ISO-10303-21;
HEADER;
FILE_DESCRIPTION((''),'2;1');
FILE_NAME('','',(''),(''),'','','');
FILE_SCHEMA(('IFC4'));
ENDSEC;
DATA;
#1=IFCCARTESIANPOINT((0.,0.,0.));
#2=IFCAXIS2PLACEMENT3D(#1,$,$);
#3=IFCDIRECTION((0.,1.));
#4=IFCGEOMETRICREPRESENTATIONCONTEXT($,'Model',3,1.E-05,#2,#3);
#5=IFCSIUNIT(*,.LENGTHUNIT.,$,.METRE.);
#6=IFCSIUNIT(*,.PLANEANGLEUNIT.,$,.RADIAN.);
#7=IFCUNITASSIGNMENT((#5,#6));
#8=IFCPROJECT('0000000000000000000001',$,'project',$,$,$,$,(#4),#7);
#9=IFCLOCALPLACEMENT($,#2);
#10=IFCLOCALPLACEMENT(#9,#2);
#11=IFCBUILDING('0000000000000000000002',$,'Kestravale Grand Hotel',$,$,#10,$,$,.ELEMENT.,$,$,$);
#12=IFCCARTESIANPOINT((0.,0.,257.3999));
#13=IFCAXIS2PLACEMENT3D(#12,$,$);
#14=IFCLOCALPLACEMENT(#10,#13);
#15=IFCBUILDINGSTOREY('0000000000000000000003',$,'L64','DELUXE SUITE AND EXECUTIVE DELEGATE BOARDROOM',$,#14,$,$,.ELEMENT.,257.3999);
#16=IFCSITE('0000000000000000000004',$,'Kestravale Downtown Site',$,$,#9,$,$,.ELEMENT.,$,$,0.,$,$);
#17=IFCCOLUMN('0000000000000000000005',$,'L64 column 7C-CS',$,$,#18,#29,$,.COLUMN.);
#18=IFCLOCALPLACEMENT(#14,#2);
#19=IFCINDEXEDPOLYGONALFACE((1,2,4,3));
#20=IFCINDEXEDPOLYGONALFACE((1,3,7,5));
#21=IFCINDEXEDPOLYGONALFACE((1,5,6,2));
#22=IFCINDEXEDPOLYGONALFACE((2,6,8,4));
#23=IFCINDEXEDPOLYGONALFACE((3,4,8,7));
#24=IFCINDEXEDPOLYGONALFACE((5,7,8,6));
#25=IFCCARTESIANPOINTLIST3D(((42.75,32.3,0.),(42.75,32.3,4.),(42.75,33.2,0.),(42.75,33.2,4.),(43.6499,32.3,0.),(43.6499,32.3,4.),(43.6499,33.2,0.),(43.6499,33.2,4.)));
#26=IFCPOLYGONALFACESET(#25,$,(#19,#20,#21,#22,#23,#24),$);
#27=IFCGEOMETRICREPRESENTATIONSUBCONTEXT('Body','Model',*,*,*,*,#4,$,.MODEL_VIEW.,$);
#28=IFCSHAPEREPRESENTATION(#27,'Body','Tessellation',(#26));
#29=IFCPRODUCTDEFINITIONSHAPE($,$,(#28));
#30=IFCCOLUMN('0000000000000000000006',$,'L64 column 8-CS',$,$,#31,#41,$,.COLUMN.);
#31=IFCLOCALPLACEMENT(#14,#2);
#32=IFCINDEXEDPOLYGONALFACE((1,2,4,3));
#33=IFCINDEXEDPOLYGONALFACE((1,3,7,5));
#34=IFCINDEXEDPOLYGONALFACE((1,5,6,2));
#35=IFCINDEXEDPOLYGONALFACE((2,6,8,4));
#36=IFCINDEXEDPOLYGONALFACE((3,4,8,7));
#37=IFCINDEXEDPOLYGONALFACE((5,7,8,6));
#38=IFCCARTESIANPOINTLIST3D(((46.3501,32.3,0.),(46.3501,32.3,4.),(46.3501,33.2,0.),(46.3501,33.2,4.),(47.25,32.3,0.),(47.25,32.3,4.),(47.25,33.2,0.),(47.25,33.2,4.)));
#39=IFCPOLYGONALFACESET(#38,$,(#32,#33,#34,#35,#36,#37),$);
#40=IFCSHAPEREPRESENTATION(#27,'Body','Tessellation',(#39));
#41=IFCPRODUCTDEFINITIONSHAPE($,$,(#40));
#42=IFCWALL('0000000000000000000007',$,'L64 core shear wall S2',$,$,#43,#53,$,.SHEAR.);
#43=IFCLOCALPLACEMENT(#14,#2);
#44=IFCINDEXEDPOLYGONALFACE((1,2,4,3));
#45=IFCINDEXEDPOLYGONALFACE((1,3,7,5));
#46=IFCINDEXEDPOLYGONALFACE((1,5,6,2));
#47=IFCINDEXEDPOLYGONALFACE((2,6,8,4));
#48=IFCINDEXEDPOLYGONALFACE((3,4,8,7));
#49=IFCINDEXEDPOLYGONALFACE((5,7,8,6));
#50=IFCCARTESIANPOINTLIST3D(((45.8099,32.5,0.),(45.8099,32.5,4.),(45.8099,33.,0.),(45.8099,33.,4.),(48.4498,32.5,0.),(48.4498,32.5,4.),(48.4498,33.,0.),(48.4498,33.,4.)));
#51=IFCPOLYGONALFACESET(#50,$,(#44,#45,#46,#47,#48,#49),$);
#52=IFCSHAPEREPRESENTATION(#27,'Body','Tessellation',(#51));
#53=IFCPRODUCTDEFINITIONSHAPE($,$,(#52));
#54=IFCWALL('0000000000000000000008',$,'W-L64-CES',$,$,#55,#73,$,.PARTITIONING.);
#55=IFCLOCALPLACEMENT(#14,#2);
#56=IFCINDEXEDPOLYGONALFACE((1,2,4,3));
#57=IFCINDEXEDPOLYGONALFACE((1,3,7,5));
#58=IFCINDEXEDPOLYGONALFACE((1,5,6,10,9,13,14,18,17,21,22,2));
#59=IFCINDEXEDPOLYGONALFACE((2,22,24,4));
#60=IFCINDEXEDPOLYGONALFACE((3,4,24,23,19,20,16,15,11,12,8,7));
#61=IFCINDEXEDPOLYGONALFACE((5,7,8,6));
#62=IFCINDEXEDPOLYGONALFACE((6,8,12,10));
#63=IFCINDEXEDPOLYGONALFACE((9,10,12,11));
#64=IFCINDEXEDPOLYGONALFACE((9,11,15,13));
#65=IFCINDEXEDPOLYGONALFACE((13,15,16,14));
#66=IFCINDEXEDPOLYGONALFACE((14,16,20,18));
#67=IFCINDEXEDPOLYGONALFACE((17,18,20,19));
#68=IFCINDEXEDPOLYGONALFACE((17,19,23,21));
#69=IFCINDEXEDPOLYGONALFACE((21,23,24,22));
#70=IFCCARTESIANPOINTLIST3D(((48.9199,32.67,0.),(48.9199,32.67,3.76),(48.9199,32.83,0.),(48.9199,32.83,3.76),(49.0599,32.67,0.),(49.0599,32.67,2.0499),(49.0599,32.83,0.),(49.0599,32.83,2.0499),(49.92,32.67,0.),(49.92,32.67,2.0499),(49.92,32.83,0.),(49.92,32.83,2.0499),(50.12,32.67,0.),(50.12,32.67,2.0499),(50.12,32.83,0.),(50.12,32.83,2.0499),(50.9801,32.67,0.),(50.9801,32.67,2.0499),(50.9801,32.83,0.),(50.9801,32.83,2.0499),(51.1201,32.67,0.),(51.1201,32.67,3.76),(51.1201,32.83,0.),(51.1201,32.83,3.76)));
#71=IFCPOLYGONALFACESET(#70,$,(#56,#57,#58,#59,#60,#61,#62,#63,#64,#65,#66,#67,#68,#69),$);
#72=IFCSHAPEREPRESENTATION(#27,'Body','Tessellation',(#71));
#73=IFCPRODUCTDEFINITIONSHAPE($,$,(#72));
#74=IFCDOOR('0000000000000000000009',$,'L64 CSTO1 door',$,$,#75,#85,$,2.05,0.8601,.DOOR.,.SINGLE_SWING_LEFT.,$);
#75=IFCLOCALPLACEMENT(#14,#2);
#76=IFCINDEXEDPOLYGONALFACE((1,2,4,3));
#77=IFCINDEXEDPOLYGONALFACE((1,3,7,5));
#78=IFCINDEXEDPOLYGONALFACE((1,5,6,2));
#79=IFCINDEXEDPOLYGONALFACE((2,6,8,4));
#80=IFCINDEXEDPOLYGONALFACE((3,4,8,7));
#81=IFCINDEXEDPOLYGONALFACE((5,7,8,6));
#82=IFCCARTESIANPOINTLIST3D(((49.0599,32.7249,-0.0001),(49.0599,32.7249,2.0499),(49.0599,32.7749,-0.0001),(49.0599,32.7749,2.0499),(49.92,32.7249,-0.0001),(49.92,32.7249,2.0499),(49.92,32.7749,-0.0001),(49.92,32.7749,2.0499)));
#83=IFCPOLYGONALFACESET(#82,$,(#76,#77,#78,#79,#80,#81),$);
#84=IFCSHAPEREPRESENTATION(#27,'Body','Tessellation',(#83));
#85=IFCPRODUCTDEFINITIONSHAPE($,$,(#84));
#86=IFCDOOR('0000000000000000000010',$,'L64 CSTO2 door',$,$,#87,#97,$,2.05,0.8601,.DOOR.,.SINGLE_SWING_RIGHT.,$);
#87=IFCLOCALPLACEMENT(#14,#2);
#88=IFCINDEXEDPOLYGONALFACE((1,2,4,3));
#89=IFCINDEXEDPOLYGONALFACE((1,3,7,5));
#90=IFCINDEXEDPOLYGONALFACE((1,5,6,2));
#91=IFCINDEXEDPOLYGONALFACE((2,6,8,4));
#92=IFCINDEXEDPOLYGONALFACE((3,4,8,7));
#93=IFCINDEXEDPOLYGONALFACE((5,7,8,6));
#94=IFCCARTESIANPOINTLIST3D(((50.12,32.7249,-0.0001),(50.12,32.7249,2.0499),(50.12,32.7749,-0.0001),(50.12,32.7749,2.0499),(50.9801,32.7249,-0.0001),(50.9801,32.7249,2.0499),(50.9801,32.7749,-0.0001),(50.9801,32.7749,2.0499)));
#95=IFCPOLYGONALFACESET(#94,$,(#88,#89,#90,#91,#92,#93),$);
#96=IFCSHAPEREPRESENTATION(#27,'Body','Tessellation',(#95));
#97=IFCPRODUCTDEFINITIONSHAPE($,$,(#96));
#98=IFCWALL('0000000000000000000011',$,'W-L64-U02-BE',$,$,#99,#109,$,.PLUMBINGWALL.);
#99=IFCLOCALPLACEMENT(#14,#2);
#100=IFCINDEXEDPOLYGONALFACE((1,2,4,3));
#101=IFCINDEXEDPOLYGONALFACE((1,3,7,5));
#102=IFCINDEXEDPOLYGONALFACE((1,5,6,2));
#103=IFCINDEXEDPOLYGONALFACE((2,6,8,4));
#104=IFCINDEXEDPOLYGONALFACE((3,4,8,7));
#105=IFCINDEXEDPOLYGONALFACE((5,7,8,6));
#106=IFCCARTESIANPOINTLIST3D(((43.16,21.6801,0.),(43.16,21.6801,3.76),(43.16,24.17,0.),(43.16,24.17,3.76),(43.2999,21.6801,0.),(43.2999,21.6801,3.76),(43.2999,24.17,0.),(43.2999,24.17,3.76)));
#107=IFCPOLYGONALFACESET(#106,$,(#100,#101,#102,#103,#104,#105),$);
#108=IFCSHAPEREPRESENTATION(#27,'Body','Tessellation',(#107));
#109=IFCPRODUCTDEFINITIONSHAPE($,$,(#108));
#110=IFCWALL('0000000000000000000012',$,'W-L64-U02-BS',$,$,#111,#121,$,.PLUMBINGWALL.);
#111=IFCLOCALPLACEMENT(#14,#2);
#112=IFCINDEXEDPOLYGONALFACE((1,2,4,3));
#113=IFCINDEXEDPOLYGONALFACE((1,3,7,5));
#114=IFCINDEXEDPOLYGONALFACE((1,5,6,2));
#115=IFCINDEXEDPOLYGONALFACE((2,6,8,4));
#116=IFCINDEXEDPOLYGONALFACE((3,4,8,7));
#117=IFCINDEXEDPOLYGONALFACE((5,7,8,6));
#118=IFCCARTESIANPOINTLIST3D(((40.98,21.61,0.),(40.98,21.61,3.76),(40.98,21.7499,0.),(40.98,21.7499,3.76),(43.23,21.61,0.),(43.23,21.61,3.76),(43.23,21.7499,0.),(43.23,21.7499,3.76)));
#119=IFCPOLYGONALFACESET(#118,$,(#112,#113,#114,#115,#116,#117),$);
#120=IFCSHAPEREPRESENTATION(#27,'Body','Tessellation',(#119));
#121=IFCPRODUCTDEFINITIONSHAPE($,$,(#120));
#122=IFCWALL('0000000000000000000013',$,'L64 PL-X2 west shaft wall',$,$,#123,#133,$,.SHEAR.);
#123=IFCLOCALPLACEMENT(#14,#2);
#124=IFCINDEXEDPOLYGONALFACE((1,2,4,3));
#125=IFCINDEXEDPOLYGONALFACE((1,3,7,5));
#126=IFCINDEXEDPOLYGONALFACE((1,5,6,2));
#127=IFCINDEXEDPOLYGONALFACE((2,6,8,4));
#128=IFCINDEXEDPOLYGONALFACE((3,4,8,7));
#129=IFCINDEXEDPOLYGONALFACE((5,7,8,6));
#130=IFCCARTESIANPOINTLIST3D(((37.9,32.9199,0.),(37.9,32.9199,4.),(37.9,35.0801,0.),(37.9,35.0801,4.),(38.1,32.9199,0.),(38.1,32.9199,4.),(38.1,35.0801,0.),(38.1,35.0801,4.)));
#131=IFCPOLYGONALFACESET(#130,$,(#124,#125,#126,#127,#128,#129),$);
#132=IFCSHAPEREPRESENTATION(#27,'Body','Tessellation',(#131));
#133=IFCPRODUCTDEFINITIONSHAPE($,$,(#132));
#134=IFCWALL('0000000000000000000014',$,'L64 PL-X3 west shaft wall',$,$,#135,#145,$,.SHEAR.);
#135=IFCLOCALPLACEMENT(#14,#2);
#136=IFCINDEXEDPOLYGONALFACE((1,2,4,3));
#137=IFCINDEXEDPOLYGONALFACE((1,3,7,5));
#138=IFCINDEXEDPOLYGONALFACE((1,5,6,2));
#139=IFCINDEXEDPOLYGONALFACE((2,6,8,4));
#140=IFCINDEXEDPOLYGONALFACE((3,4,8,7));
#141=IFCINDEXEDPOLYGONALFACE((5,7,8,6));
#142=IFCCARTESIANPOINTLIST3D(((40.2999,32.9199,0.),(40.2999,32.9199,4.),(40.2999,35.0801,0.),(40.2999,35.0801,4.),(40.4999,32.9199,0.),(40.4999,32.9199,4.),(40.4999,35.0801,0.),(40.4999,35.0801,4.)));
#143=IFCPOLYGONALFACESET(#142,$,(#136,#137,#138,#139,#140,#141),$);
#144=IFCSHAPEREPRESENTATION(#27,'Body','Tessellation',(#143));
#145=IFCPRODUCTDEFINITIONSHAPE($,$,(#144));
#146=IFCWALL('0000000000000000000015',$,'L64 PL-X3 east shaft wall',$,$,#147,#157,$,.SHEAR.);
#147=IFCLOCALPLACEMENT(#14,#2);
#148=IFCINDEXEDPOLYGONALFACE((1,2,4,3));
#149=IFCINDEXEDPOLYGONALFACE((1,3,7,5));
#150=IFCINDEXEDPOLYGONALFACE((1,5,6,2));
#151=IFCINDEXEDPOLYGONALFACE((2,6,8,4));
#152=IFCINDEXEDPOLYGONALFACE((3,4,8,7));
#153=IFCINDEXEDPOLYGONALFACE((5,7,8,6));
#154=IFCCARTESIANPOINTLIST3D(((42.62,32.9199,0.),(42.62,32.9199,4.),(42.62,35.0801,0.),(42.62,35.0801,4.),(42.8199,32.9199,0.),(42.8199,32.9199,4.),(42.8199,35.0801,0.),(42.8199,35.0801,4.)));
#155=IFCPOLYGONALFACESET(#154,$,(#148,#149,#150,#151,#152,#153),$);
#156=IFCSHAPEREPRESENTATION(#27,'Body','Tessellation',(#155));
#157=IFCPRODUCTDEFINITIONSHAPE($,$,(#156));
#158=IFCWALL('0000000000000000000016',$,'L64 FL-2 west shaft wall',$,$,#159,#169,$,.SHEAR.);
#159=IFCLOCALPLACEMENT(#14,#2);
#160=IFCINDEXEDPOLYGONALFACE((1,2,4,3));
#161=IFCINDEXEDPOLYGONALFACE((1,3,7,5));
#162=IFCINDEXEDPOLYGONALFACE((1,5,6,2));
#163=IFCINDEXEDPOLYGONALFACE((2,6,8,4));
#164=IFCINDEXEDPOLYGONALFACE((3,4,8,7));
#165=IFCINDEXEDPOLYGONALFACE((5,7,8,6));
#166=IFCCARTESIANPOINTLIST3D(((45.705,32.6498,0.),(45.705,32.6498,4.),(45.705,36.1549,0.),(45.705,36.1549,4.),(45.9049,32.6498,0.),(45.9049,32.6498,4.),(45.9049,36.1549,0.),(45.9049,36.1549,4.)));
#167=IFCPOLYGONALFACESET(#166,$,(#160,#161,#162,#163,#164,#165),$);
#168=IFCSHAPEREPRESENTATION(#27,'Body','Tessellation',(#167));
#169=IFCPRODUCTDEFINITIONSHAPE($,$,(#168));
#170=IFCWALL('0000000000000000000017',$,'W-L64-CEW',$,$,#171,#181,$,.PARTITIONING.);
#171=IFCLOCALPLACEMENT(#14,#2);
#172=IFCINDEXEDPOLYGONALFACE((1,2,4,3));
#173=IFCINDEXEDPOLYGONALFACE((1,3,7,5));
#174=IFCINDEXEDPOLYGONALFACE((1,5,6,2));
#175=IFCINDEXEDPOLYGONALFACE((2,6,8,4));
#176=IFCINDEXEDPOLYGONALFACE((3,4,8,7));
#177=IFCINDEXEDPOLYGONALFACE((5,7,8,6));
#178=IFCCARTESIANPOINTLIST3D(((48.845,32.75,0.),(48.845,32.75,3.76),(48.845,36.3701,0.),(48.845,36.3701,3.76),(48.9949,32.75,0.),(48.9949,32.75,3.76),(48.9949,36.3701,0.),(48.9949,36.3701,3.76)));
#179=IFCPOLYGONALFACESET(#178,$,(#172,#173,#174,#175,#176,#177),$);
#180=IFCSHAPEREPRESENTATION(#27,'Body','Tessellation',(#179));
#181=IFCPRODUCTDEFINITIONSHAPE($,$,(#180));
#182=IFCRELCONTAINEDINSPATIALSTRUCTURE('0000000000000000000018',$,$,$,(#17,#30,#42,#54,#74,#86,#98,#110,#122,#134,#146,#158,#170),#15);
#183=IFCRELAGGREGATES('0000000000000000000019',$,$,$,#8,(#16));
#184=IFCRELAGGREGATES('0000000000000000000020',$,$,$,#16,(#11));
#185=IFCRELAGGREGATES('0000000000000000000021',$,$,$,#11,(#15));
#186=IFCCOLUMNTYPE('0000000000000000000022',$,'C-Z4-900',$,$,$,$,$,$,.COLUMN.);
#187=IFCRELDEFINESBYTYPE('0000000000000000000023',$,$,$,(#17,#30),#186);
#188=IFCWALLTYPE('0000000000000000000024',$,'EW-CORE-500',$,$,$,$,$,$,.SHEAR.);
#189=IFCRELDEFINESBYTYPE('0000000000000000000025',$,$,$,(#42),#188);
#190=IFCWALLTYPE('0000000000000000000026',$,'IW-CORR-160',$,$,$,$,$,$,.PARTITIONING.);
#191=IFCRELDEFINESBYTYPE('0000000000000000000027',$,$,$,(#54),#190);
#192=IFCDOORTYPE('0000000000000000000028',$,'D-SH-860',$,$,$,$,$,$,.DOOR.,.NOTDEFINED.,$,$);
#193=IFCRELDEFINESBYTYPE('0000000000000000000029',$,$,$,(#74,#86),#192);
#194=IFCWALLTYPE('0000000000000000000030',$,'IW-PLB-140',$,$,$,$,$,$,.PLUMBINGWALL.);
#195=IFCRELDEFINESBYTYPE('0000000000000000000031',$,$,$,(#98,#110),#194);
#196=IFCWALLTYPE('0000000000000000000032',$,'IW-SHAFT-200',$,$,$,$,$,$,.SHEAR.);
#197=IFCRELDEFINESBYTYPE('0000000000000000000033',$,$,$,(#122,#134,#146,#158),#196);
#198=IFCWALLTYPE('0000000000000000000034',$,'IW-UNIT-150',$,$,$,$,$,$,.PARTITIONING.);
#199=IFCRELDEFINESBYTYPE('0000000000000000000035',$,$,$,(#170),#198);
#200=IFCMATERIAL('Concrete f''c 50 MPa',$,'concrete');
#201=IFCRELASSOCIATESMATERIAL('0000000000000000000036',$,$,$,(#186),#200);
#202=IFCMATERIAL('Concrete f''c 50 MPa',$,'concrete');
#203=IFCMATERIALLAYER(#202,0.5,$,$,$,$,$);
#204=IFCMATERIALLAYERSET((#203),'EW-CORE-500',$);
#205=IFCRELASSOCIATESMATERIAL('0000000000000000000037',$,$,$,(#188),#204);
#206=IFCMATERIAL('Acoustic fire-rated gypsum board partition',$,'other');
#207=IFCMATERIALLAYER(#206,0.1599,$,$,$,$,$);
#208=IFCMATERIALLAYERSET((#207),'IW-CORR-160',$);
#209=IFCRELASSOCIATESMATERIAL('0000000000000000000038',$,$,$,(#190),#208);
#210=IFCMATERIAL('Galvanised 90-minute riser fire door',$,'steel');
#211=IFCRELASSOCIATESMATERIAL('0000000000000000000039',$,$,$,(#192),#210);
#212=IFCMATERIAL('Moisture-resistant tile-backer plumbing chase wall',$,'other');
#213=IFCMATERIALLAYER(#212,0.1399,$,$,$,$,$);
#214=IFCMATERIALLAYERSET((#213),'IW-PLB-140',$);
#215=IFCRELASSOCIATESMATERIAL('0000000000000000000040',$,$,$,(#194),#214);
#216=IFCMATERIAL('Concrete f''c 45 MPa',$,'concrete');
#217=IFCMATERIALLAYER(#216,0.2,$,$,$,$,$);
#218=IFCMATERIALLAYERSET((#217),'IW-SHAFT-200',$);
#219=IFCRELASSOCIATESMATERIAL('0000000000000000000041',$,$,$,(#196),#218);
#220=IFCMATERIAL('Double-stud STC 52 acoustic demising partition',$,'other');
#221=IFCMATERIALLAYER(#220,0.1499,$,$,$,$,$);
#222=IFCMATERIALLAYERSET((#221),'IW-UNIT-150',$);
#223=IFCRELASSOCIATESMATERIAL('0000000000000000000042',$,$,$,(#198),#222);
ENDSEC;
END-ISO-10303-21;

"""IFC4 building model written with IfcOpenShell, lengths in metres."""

from ifc_helpers import new_model, si_unit, direction, frame, frame_2d, origin, origin_2d, place, context, subcontext, project, spatial, rectangle, extrude, material, layer, layer_set, material_profile, profile_set, type_object, element, fill, save


model = new_model("IFC4")

# Units and contexts
model_context = context("Model", 3, precision=1e-05, world=origin(), true_north=direction((0.0, 1.0)))
body_context = subcontext(model_context, "Body", "Model", "MODEL_VIEW")
ifc_project = project(units=[si_unit("LENGTHUNIT", "METRE"), si_unit("PLANEANGLEUNIT", "RADIAN")], contexts=[model_context])

# Site, building, storey
site_placement = place(None, origin())
site = spatial("IfcSite", under=ifc_project, at=site_placement, Name="Kestravale Downtown Site", CompositionType="ELEMENT", RefElevation=0.0)
building_placement = place(site_placement, origin())
building = spatial("IfcBuilding", under=site, at=building_placement, Name="Kestravale Grand Hotel", CompositionType="ELEMENT")
storey_placement = place(building_placement, frame((0.0, 0.0, 257.3999)))
storey = spatial("IfcBuildingStorey", under=building, at=storey_placement, Name="L64", Description="DELUXE SUITE AND EXECUTIVE DELEGATE BOARDROOM", CompositionType="ELEMENT", Elevation=257.3999)

# Columns
ifc_material_1 = material(Name="Concrete f'c 50 MPa", Category="concrete")
ifc_material_profile = material_profile(ifc_material_1, rectangle(XDim=0.8999, YDim=0.8999, at=origin_2d()))
ifc_profile_set = profile_set([ifc_material_profile], Name="Concrete f'c 50 MPa")
column_type = type_object("IfcColumnType", Name="C-Z4-900", PredefinedType="COLUMN", material=ifc_profile_set)
for number, where, z_axis, x_axis, name in (
    (1, (43.2, 32.75, 0.0), (0.0, 0.0, 1.0), (1.0, 0.0, 0.0), "L64 column 7C-CS"),
    (2, (46.8, 32.75, 0.0), (0.0, 0.0, 1.0), (1.0, 0.0, 0.0), "L64 column 8-CS"),
):
    element("IfcColumn", number, at=place(storey_placement, frame(where, z_axis=z_axis, x_axis=x_axis)), inside=storey, type_object=column_type, Name=name, PredefinedType="COLUMN", context=body_context, shape_type="SweptSolid", body=[
        extrude(rectangle(XDim=0.8999, YDim=0.8999, at=origin_2d()), origin(), (0.0, 0.0, 1.0), 4.0),
    ])

# Wall
ifc_material_2 = material(Name="Concrete f'c 50 MPa", Category="concrete")
ifc_layer_1 = layer(ifc_material_2, 0.5)
ifc_layer_set_1 = layer_set([ifc_layer_1], Name="EW-CORE-500")
wall_type_1 = type_object("IfcWallType", Name="EW-CORE-500", PredefinedType="SHEAR", material=ifc_layer_set_1)
wall_1_placement = place(storey_placement, frame((45.8101, 32.75, 0.0), z_axis=(0.0, 0.0, 1.0), x_axis=(1.0, 0.0, 0.0)))
element("IfcWall", 3, at=wall_1_placement, inside=storey, type_object=wall_type_1, Name="L64 core shear wall S2", PredefinedType="SHEAR", context=body_context, shape_type="SweptSolid", body=[
    extrude(rectangle(XDim=2.6399, YDim=0.5, at=frame_2d((1.3198, 0.0))), origin(), (0.0, 0.0, 1.0), 4.0),
])

# Wall, openings, doors
ifc_material_3 = material(Name="Acoustic fire-rated gypsum board partition", Category="other")
ifc_layer_2 = layer(ifc_material_3, 0.1599)
ifc_layer_set_2 = layer_set([ifc_layer_2], Name="IW-CORR-160")
wall_type_2 = type_object("IfcWallType", Name="IW-CORR-160", PredefinedType="PARTITIONING", material=ifc_layer_set_2)
wall_2_placement = place(storey_placement, frame((48.9199, 32.75, 0.0), z_axis=(0.0, 0.0, 1.0), x_axis=(1.0, 0.0, 0.0)))
wall_2 = element("IfcWall", 4, at=wall_2_placement, inside=storey, type_object=wall_type_2, Name="W-L64-CES", PredefinedType="PARTITIONING", context=body_context, shape_type="SweptSolid", body=[
    extrude(rectangle(XDim=2.2002, YDim=0.1599, at=frame_2d((1.1001, 0.0))), origin(), (0.0, 0.0, 1.0), 3.76),
])
opening_1_placement = place(wall_2_placement, frame((0.1399, 0.0, 0.0)))
opening_1 = element("IfcOpeningElement", 5, at=opening_1_placement, cuts=wall_2, PredefinedType="OPENING", context=body_context, shape_type="SweptSolid", body=[
    extrude(rectangle(XDim=0.8601, YDim=2.05, at=frame_2d((0.4302, 1.0249))), frame((0.0, 0.0898, 0.0), z_axis=(0.0, -1.0, 0.0), x_axis=(1.0, 0.0, 0.0)), (0.0, 0.0, 1.0), 0.1799),
])
opening_2_placement = place(wall_2_placement, frame((1.2, 0.0, 0.0)))
opening_2 = element("IfcOpeningElement", 6, at=opening_2_placement, cuts=wall_2, PredefinedType="OPENING", context=body_context, shape_type="SweptSolid", body=[
    extrude(rectangle(XDim=0.8601, YDim=2.05, at=frame_2d((0.4302, 1.0249))), frame((0.0, 0.0898, 0.0), z_axis=(0.0, -1.0, 0.0), x_axis=(1.0, 0.0, 0.0)), (0.0, 0.0, 1.0), 0.1799),
])
ifc_material_4 = material(Name="Galvanised 90-minute riser fire door", Category="steel")
door_type_1 = type_object("IfcDoorType", Name="D-SH-860", OperationType="NOTDEFINED", PredefinedType="DOOR", material=ifc_material_4)
door_1_placement = place(opening_1_placement, origin())
door_1 = element("IfcDoor", 7, at=door_1_placement, inside=storey, type_object=door_type_1, Name="L64 CSTO1 door", OperationType="SINGLE_SWING_LEFT", OverallHeight=2.05, OverallWidth=0.8601, PredefinedType="DOOR", context=body_context, shape_type="SweptSolid", body=[
    extrude(rectangle(XDim=0.8601, YDim=2.05, at=frame_2d((0.4302, 1.0249))), frame((0.0, 0.0249, 0.0), z_axis=(0.0, -1.0, 0.0), x_axis=(1.0, 0.0, 0.0)), (0.0, 0.0, 1.0), 0.05),
])
fill(opening_1, door_1)
door_2_placement = place(opening_2_placement, origin())
door_2 = element("IfcDoor", 8, at=door_2_placement, inside=storey, type_object=door_type_1, Name="L64 CSTO2 door", OperationType="SINGLE_SWING_RIGHT", OverallHeight=2.05, OverallWidth=0.8601, PredefinedType="DOOR", context=body_context, shape_type="SweptSolid", body=[
    extrude(rectangle(XDim=0.8601, YDim=2.05, at=frame_2d((0.4302, 1.0249))), frame((0.0, 0.0249, 0.0), z_axis=(0.0, -1.0, 0.0), x_axis=(1.0, 0.0, 0.0)), (0.0, 0.0, 1.0), 0.05),
])
fill(opening_2, door_2)

# Walls
ifc_material_5 = material(Name="Moisture-resistant tile-backer plumbing chase wall", Category="other")
ifc_layer_3 = layer(ifc_material_5, 0.1399)
ifc_layer_set_3 = layer_set([ifc_layer_3], Name="IW-PLB-140")
wall_type_3 = type_object("IfcWallType", Name="IW-PLB-140", PredefinedType="PLUMBINGWALL", material=ifc_layer_set_3)
wall_3_placement = place(storey_placement, frame((43.23, 21.6799, 0.0), z_axis=(0.0, 0.0, 1.0), x_axis=(0.0, 1.0, 0.0)))
element("IfcWall", 9, at=wall_3_placement, inside=storey, type_object=wall_type_3, Name="W-L64-U02-BE", PredefinedType="PLUMBINGWALL", context=body_context, shape_type="SweptSolid", body=[
    extrude(rectangle(XDim=2.49, YDim=0.1399, at=frame_2d((1.2451, 0.0))), origin(), (0.0, 0.0, 1.0), 3.76),
])
wall_4_placement = place(storey_placement, frame((40.98, 21.6799, 0.0), z_axis=(0.0, 0.0, 1.0), x_axis=(1.0, 0.0, 0.0)))
element("IfcWall", 10, at=wall_4_placement, inside=storey, type_object=wall_type_3, Name="W-L64-U02-BS", PredefinedType="PLUMBINGWALL", context=body_context, shape_type="SweptSolid", body=[
    extrude(rectangle(XDim=2.25, YDim=0.1399, at=frame_2d((1.125, 0.0))), origin(), (0.0, 0.0, 1.0), 3.76),
])
ifc_material_6 = material(Name="Concrete f'c 45 MPa", Category="concrete")
ifc_layer_4 = layer(ifc_material_6, 0.2)
ifc_layer_set_4 = layer_set([ifc_layer_4], Name="IW-SHAFT-200")
wall_type_4 = type_object("IfcWallType", Name="IW-SHAFT-200", PredefinedType="SHEAR", material=ifc_layer_set_4)
for number, where, z_axis, x_axis, name in (
    (11, (38.0, 32.9199, 0.0), (0.0, 0.0, 1.0), (0.0, 1.0, 0.0), "L64 PL-X2 west shaft wall"),
    (12, (40.3999, 32.9199, 0.0), (0.0, 0.0, 1.0), (0.0, 1.0, 0.0), "L64 PL-X3 west shaft wall"),
    (13, (42.72, 32.9199, 0.0), (0.0, 0.0, 1.0), (0.0, 1.0, 0.0), "L64 PL-X3 east shaft wall"),
):
    element("IfcWall", number, at=place(storey_placement, frame(where, z_axis=z_axis, x_axis=x_axis)), inside=storey, type_object=wall_type_4, Name=name, PredefinedType="SHEAR", context=body_context, shape_type="SweptSolid", body=[
        extrude(rectangle(XDim=2.1602, YDim=0.2, at=frame_2d((1.0801, 0.0))), origin(), (0.0, 0.0, 1.0), 4.0),
    ])
wall_5_placement = place(storey_placement, frame((45.8049, 32.6499, 0.0), z_axis=(0.0, 0.0, 1.0), x_axis=(0.0, 1.0, 0.0)))
element("IfcWall", 14, at=wall_5_placement, inside=storey, type_object=wall_type_4, Name="L64 FL-2 west shaft wall", PredefinedType="SHEAR", context=body_context, shape_type="SweptSolid", body=[
    extrude(rectangle(XDim=3.5051, YDim=0.2, at=frame_2d((1.7524, 0.0))), origin(), (0.0, 0.0, 1.0), 4.0),
])

# Wall
ifc_material_7 = material(Name="Double-stud STC 52 acoustic demising partition", Category="other")
ifc_layer_5 = layer(ifc_material_7, 0.1499)
ifc_layer_set_5 = layer_set([ifc_layer_5], Name="IW-UNIT-150")
wall_type_5 = type_object("IfcWallType", Name="IW-UNIT-150", PredefinedType="PARTITIONING", material=ifc_layer_set_5)
for number, where, z_axis, x_axis, name in (
    (15, (48.9199, 32.75, 0.0), (0.0, 0.0, 1.0), (0.0, 1.0, 0.0), "W-L64-CEW"),
):
    element("IfcWall", number, at=place(storey_placement, frame(where, z_axis=z_axis, x_axis=x_axis)), inside=storey, type_object=wall_type_5, Name=name, PredefinedType="PARTITIONING", context=body_context, shape_type="SweptSolid", body=[
        extrude(rectangle(XDim=3.6201, YDim=0.1499, at=frame_2d((1.8101, 0.0))), origin(), (0.0, 0.0, 1.0), 3.76),
    ])

save(model, "model.ifc")
